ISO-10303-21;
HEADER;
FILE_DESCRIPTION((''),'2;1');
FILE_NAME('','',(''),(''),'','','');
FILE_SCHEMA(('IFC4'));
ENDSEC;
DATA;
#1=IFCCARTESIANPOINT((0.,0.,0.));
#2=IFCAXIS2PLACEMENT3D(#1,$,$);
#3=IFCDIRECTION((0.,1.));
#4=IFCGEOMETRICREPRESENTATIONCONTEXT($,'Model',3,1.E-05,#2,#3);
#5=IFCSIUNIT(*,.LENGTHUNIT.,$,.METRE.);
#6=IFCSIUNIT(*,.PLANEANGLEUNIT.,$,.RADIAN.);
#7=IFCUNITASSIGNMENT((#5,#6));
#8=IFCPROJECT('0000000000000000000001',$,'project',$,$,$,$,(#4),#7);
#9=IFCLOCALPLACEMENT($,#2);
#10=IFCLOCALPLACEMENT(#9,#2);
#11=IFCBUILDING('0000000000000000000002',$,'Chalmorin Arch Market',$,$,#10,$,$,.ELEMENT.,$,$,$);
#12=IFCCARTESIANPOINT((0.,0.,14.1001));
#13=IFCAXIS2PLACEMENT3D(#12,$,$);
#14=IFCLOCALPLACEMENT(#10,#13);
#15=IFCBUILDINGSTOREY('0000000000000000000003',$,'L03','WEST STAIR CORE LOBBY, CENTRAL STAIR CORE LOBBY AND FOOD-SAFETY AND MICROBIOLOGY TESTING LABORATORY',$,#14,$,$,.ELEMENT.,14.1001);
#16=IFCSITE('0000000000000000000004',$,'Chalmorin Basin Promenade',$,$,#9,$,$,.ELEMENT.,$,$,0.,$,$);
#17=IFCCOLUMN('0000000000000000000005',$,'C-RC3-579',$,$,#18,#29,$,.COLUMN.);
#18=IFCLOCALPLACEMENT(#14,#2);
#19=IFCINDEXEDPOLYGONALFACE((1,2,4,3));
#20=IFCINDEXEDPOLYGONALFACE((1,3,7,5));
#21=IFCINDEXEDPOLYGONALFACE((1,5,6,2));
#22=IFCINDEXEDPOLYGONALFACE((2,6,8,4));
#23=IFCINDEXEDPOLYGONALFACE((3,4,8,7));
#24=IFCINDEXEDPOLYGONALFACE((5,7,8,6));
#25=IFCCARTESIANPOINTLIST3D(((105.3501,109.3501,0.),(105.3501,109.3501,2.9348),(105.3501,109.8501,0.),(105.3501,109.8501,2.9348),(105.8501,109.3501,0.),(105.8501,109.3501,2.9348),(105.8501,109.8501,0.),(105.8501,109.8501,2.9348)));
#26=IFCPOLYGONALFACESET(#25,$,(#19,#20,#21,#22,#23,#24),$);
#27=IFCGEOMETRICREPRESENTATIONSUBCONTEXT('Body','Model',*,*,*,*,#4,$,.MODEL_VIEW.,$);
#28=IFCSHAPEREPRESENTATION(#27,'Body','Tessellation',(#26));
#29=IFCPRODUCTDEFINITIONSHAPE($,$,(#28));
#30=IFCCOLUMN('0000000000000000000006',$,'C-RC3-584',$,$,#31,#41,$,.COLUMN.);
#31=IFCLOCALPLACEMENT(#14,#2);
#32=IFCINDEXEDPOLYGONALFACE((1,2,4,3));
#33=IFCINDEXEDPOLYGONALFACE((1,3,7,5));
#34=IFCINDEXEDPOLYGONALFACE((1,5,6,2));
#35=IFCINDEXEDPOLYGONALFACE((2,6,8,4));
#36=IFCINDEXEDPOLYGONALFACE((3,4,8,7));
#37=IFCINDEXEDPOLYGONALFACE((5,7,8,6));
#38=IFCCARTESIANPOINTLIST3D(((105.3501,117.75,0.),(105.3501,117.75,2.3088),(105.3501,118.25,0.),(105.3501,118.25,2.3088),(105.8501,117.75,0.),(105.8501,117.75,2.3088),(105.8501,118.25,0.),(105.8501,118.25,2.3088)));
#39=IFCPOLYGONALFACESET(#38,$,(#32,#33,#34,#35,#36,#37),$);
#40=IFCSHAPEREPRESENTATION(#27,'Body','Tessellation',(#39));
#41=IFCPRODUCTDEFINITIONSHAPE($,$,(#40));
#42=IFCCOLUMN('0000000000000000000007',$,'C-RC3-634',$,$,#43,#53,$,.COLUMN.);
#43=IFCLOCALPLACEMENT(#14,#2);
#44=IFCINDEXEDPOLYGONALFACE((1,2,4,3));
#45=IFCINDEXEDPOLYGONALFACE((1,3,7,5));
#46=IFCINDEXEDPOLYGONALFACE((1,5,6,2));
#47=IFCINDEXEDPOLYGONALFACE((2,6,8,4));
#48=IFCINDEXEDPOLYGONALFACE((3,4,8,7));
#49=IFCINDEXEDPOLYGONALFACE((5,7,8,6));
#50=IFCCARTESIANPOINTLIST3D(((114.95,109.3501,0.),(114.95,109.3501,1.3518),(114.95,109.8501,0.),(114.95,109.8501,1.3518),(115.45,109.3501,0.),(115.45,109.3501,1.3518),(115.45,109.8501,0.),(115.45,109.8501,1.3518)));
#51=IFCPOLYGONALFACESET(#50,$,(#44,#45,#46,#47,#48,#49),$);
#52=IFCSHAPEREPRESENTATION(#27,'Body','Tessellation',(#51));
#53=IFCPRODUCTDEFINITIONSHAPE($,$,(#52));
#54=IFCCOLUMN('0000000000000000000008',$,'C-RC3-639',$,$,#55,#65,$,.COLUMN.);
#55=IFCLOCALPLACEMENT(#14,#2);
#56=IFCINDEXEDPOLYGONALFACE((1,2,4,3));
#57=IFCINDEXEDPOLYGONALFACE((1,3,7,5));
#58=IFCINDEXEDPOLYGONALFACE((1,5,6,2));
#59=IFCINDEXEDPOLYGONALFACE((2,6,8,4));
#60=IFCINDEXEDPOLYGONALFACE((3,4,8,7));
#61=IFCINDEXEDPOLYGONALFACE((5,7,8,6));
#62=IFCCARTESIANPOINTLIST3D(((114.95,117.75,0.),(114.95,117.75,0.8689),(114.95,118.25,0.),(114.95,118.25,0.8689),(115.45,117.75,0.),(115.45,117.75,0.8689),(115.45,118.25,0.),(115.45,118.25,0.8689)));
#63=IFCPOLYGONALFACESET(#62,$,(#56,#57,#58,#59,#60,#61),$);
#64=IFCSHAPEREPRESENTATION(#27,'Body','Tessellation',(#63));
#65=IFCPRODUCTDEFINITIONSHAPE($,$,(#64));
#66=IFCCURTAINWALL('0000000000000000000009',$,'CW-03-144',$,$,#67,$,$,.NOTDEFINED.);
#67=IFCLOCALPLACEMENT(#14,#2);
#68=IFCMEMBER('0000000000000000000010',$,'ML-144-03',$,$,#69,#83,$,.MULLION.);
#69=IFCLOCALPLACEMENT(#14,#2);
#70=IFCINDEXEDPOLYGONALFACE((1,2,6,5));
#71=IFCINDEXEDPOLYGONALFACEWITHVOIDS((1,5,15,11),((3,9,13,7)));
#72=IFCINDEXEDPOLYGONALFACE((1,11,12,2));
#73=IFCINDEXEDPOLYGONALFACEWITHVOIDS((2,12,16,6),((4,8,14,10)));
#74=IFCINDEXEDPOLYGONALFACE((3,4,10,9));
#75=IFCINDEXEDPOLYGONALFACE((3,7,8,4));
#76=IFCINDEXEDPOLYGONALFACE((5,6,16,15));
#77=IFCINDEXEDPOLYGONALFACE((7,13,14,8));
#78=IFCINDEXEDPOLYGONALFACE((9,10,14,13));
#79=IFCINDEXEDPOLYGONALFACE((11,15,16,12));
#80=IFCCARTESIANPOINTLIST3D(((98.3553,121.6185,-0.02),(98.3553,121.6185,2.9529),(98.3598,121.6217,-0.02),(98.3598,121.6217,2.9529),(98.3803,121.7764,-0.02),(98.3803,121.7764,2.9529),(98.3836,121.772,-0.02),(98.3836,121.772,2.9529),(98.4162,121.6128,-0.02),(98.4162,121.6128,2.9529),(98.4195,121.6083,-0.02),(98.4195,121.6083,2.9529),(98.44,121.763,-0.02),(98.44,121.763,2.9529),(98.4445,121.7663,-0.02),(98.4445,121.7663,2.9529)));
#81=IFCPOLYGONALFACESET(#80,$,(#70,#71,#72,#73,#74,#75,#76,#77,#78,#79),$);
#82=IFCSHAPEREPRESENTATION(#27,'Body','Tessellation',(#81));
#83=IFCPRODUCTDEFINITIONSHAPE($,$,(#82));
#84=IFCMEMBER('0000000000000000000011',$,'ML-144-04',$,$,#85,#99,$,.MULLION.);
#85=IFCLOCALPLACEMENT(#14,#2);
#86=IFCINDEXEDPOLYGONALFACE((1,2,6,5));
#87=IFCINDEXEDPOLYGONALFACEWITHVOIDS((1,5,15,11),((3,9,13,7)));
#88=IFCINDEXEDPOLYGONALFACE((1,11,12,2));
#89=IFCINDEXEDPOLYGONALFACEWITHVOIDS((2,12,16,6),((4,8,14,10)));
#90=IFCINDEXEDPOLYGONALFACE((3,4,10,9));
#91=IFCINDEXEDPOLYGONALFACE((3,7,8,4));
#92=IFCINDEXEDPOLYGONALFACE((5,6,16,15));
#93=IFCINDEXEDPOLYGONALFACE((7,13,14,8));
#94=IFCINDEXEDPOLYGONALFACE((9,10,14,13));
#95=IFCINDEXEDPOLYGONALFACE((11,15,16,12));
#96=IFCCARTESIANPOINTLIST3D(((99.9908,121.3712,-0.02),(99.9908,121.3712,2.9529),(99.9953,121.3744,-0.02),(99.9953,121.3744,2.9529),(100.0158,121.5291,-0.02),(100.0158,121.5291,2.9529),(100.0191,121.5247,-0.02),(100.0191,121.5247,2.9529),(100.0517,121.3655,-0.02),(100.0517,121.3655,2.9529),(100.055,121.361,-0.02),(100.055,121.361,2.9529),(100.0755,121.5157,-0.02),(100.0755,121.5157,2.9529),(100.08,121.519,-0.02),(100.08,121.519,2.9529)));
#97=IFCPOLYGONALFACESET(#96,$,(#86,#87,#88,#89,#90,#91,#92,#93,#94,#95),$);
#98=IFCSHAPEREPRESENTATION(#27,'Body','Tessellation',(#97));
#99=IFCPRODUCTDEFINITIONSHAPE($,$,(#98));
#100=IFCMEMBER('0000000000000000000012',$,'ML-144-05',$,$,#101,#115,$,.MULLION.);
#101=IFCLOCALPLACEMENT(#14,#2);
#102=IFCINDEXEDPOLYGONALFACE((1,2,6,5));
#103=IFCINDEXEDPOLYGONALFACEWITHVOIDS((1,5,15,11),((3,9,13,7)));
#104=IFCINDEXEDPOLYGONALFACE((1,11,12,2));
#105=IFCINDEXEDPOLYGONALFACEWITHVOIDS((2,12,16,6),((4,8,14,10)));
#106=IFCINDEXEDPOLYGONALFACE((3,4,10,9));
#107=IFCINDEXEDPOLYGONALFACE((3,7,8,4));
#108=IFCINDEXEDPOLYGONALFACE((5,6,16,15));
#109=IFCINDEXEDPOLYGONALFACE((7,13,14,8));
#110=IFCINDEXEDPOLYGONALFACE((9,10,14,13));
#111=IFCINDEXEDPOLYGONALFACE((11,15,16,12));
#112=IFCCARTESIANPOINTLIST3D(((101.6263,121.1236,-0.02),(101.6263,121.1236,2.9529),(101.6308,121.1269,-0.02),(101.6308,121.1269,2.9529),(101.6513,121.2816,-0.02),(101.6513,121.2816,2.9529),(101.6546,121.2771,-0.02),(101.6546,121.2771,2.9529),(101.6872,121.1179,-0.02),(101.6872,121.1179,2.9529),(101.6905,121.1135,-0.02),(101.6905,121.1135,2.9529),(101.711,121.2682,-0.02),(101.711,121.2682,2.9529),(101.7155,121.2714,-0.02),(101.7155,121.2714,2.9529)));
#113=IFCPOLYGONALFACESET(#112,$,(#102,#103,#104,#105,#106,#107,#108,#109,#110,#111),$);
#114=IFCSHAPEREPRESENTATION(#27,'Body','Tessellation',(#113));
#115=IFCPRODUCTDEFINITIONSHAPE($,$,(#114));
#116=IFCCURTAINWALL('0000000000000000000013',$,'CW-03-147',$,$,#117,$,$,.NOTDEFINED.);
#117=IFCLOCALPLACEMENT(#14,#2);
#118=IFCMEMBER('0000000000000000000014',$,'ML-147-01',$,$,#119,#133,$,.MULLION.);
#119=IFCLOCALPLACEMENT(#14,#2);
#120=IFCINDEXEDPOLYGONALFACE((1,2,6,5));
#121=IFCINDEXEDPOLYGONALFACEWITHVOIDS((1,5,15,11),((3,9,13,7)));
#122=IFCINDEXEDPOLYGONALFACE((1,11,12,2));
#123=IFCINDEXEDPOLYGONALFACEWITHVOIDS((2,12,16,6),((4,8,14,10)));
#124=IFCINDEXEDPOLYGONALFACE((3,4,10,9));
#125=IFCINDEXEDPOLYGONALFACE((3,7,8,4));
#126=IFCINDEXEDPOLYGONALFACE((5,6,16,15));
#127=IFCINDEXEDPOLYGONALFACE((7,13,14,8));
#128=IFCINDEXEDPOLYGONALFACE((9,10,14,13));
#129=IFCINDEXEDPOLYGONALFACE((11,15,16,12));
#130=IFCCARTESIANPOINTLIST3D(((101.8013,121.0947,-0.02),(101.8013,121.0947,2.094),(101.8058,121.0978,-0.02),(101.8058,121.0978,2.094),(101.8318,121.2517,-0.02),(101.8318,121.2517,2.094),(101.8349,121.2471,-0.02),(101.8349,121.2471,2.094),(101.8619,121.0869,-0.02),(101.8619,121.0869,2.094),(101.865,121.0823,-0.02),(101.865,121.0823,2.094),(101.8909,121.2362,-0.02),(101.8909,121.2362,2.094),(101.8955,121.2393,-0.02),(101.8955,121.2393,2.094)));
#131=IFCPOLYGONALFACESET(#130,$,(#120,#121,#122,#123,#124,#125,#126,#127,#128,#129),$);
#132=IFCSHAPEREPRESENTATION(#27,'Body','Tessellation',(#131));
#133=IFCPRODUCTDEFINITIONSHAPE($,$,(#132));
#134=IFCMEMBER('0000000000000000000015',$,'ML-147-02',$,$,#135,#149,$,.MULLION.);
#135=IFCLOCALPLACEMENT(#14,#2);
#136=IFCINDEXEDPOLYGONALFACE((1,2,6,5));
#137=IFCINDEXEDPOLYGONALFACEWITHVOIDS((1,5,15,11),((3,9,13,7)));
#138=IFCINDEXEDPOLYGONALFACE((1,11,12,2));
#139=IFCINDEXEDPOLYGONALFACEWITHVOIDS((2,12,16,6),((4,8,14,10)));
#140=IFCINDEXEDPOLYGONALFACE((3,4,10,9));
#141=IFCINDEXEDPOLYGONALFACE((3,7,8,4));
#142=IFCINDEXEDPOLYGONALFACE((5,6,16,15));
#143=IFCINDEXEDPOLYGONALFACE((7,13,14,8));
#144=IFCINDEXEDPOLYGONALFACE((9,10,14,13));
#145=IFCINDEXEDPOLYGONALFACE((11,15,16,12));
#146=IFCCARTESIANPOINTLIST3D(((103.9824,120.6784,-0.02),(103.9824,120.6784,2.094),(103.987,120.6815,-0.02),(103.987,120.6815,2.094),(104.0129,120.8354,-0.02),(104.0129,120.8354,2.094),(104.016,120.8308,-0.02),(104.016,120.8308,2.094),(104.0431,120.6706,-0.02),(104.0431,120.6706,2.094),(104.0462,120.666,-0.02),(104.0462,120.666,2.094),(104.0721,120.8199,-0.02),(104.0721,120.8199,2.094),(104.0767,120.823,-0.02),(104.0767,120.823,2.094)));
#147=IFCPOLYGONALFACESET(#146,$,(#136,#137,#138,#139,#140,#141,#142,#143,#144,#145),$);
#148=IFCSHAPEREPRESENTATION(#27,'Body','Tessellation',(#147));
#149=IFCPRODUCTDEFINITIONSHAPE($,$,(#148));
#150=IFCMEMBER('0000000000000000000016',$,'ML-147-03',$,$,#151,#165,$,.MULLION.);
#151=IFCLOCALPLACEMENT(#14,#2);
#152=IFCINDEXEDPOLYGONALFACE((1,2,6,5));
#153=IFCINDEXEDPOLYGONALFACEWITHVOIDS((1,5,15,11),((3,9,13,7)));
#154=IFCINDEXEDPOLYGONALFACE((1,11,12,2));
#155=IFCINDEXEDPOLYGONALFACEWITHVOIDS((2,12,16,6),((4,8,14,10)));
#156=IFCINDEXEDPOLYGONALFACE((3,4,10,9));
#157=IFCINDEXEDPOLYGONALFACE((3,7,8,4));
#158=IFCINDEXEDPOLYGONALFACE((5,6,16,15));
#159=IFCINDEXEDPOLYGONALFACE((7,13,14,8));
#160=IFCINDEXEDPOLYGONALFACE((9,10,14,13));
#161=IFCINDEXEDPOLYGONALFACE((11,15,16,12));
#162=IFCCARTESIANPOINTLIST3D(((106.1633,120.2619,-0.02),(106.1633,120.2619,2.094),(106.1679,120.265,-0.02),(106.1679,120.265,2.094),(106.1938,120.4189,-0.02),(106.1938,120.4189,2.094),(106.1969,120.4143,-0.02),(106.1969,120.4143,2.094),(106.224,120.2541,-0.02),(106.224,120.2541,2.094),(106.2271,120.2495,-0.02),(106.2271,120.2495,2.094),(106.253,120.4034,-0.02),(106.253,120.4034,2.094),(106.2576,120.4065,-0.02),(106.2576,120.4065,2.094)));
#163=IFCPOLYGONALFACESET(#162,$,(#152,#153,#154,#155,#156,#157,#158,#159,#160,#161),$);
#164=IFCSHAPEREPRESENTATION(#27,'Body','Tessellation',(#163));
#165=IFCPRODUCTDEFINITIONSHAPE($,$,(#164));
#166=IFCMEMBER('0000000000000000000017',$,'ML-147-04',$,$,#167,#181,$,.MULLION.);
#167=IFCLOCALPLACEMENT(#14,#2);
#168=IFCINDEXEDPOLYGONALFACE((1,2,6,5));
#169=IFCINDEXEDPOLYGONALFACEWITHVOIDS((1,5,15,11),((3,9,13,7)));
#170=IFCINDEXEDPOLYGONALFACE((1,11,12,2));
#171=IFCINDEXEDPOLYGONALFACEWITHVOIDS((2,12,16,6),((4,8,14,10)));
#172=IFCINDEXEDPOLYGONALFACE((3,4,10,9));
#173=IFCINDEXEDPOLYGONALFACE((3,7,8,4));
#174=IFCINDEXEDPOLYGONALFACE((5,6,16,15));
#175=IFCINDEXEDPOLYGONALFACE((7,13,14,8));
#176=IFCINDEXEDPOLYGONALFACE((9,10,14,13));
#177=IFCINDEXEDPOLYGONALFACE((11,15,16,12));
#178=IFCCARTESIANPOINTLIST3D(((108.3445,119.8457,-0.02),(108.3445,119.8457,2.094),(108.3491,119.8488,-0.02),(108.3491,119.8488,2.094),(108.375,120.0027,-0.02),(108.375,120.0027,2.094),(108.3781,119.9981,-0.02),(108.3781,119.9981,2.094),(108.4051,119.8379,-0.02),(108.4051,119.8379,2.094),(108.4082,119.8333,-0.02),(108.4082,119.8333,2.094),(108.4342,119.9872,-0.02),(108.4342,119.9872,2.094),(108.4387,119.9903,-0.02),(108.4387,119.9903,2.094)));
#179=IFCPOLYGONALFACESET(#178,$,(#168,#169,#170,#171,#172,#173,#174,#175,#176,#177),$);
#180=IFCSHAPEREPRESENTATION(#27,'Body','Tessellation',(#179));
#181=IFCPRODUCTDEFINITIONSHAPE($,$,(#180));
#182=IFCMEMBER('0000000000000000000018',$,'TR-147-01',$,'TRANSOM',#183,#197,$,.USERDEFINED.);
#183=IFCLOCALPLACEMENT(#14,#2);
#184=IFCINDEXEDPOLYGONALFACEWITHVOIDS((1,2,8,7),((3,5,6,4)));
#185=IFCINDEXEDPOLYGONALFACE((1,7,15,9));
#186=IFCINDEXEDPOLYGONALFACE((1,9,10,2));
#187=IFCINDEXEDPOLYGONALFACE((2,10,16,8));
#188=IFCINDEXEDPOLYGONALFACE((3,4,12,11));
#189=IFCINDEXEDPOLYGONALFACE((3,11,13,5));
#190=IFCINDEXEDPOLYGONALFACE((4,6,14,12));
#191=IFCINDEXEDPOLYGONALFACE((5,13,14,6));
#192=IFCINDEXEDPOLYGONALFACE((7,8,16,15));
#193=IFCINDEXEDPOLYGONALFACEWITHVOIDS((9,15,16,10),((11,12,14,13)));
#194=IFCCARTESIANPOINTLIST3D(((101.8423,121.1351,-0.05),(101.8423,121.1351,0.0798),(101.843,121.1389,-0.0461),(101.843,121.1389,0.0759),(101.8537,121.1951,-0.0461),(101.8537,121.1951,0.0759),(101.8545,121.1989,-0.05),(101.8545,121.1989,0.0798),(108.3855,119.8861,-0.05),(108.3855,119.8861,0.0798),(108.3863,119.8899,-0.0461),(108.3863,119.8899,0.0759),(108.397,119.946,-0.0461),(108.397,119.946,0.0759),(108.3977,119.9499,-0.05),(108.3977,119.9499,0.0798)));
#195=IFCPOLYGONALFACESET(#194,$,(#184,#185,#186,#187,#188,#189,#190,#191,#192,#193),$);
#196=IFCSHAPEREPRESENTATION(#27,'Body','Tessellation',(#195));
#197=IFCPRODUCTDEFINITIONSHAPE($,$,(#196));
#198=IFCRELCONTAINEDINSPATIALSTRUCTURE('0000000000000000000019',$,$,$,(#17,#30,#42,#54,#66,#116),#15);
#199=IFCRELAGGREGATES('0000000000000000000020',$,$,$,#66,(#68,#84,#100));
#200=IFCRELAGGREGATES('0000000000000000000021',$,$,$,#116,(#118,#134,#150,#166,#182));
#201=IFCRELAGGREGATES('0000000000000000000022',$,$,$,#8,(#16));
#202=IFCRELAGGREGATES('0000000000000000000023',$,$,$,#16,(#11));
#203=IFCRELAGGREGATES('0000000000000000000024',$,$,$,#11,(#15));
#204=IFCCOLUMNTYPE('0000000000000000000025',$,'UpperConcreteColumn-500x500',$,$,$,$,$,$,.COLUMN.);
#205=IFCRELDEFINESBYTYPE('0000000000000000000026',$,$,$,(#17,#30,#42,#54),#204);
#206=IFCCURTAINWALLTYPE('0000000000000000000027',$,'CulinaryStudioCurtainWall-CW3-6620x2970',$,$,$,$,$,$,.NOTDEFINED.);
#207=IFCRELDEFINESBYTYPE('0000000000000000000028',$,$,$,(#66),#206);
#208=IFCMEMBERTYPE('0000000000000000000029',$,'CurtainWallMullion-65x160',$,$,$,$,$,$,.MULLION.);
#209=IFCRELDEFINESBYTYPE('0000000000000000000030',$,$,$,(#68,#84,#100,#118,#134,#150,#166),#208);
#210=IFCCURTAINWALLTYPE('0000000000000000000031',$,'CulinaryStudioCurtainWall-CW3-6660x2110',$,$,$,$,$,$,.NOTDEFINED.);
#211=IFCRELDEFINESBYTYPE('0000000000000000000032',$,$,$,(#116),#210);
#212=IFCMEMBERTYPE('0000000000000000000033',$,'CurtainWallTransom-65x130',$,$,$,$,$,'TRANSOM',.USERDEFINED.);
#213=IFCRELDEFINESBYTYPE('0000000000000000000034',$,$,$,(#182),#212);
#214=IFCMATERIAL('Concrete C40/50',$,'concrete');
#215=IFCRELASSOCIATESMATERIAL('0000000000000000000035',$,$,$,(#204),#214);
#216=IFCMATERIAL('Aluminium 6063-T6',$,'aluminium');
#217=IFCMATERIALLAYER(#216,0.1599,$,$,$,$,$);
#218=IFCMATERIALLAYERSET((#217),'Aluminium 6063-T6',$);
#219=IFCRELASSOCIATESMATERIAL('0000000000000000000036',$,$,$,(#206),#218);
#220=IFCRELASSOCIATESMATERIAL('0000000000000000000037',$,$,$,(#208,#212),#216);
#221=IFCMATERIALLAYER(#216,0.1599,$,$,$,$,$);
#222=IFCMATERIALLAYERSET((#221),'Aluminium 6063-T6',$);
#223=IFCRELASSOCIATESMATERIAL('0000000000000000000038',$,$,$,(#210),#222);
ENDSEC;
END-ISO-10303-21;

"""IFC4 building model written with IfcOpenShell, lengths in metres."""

from ifc_helpers import new_model, si_unit, direction, frame, origin, origin_2d, place, context, subcontext, project, spatial, rectangle, hollow_rectangle, extrude, material, layer, layer_set, material_profile, profile_set, type_object, element, aggregate, save


model = new_model("IFC4")

# Units and contexts
model_context = context("Model", 3, precision=1e-05, world=origin(), true_north=direction((0.0, 1.0)))
body_context = subcontext(model_context, "Body", "Model", "MODEL_VIEW")
ifc_project = project(units=[si_unit("LENGTHUNIT", "METRE"), si_unit("PLANEANGLEUNIT", "RADIAN")], contexts=[model_context])

# Site, building, storey
site_placement = place(None, origin())
site = spatial("IfcSite", under=ifc_project, at=site_placement, Name="Chalmorin Basin Promenade", CompositionType="ELEMENT", RefElevation=0.0)
building_placement = place(site_placement, origin())
building = spatial("IfcBuilding", under=site, at=building_placement, Name="Chalmorin Arch Market", CompositionType="ELEMENT")
storey_placement = place(building_placement, frame((0.0, 0.0, 14.1001)))
storey = spatial("IfcBuildingStorey", under=building, at=storey_placement, Name="L03", Description="WEST STAIR CORE LOBBY, CENTRAL STAIR CORE LOBBY AND FOOD-SAFETY AND MICROBIOLOGY TESTING LABORATORY", CompositionType="ELEMENT", Elevation=14.1001)

# Columns
ifc_material_1 = material(Name="Concrete C40/50", Category="concrete")
ifc_material_profile_1 = material_profile(ifc_material_1, rectangle(XDim=0.5, YDim=0.5, at=origin_2d()), Name="RC500X500")
ifc_profile_set_1 = profile_set([ifc_material_profile_1], Name="Concrete C40/50")
column_type = type_object("IfcColumnType", Name="UpperConcreteColumn-500x500", PredefinedType="COLUMN", material=ifc_profile_set_1)
column_1_placement = place(storey_placement, frame((105.6001, 109.6001, 0.0), z_axis=(0.0, 0.0, 1.0), x_axis=(1.0, 0.0, 0.0)))
element("IfcColumn", 1, at=column_1_placement, inside=storey, type_object=column_type, Name="C-RC3-579", PredefinedType="COLUMN", context=body_context, shape_type="SweptSolid", body=[
    extrude(rectangle(XDim=0.5, YDim=0.5, at=origin_2d()), origin(), (0.0, 0.0, 1.0), 2.9348),
])
column_2_placement = place(storey_placement, frame((105.6001, 118.0, 0.0), z_axis=(0.0, 0.0, 1.0), x_axis=(1.0, 0.0, 0.0)))
element("IfcColumn", 2, at=column_2_placement, inside=storey, type_object=column_type, Name="C-RC3-584", PredefinedType="COLUMN", context=body_context, shape_type="SweptSolid", body=[
    extrude(rectangle(XDim=0.5, YDim=0.5, at=origin_2d()), origin(), (0.0, 0.0, 1.0), 2.3088),
])
column_3_placement = place(storey_placement, frame((115.2, 109.6001, 0.0), z_axis=(0.0, 0.0, 1.0), x_axis=(1.0, 0.0, 0.0)))
element("IfcColumn", 3, at=column_3_placement, inside=storey, type_object=column_type, Name="C-RC3-634", PredefinedType="COLUMN", context=body_context, shape_type="SweptSolid", body=[
    extrude(rectangle(XDim=0.5, YDim=0.5, at=origin_2d()), origin(), (0.0, 0.0, 1.0), 1.3518),
])
column_4_placement = place(storey_placement, frame((115.2, 118.0, 0.0), z_axis=(0.0, 0.0, 1.0), x_axis=(1.0, 0.0, 0.0)))
element("IfcColumn", 4, at=column_4_placement, inside=storey, type_object=column_type, Name="C-RC3-639", PredefinedType="COLUMN", context=body_context, shape_type="SweptSolid", body=[
    extrude(rectangle(XDim=0.5, YDim=0.5, at=origin_2d()), origin(), (0.0, 0.0, 1.0), 0.8689),
])

# Curtain walls, members
ifc_material_2 = material(Name="Aluminium 6063-T6", Category="aluminium")
ifc_layer_1 = layer(ifc_material_2, 0.1599)
ifc_layer_set_1 = layer_set([ifc_layer_1], Name="Aluminium 6063-T6")
curtain_wall_type_1 = type_object("IfcCurtainWallType", Name="CulinaryStudioCurtainWall-CW3-6620x2970", PredefinedType="NOTDEFINED", material=ifc_layer_set_1)
curtain_wall_1_placement = place(storey_placement, origin())
curtain_wall_1 = element("IfcCurtainWall", 5, at=curtain_wall_1_placement, inside=storey, type_object=curtain_wall_type_1, Name="CW-03-144", PredefinedType="NOTDEFINED")
ifc_material_profile_2 = material_profile(ifc_material_2, hollow_rectangle(XDim=0.0649, YDim=0.1599, WallThickness=0.0039, at=origin_2d()), Name="ALU65X160X4")
ifc_profile_set_2 = profile_set([ifc_material_profile_2], Name="Aluminium 6063-T6")
member_type_1 = type_object("IfcMemberType", Name="CurtainWallMullion-65x160", PredefinedType="MULLION", material=ifc_profile_set_2)
member_1_placement = place(storey_placement, frame((98.3999, 121.6924, -0.02), z_axis=(0.0, 0.0, 1.0), x_axis=(0.987688, -0.156434, 0.0)))
member_1 = element("IfcMember", 6, at=member_1_placement, type_object=member_type_1, Name="ML-144-03", PredefinedType="MULLION", context=body_context, shape_type="SweptSolid", body=[
    extrude(hollow_rectangle(XDim=0.0649, YDim=0.1599, WallThickness=0.0039, at=origin_2d()), origin(), (0.0, 0.0, 1.0), 2.9729),
])
member_2_placement = place(storey_placement, frame((100.0354, 121.4451, -0.02), z_axis=(0.0, 0.0, 1.0), x_axis=(0.987688, -0.156434, 0.0)))
member_2 = element("IfcMember", 7, at=member_2_placement, type_object=member_type_1, Name="ML-144-04", PredefinedType="MULLION", context=body_context, shape_type="SweptSolid", body=[
    extrude(hollow_rectangle(XDim=0.0649, YDim=0.1599, WallThickness=0.0039, at=origin_2d()), origin(), (0.0, 0.0, 1.0), 2.9729),
])
member_3_placement = place(storey_placement, frame((101.6709, 121.1975, -0.02), z_axis=(0.0, 0.0, 1.0), x_axis=(0.987688, -0.156434, 0.0)))
member_3 = element("IfcMember", 8, at=member_3_placement, type_object=member_type_1, Name="ML-144-05", PredefinedType="MULLION", context=body_context, shape_type="SweptSolid", body=[
    extrude(hollow_rectangle(XDim=0.0649, YDim=0.1599, WallThickness=0.0039, at=origin_2d()), origin(), (0.0, 0.0, 1.0), 2.9729),
])
ifc_layer_2 = layer(ifc_material_2, 0.1599)
ifc_layer_set_2 = layer_set([ifc_layer_2], Name="Aluminium 6063-T6")
curtain_wall_type_2 = type_object("IfcCurtainWallType", Name="CulinaryStudioCurtainWall-CW3-6660x2110", PredefinedType="NOTDEFINED", material=ifc_layer_set_2)
curtain_wall_2_placement = place(storey_placement, origin())
curtain_wall_2 = element("IfcCurtainWall", 9, at=curtain_wall_2_placement, inside=storey, type_object=curtain_wall_type_2, Name="CW-03-147", PredefinedType="NOTDEFINED")
member_4_placement = place(storey_placement, frame((101.8484, 121.167, -0.02), z_axis=(0.0, 0.0, 1.0), x_axis=(0.981627, -0.190809, 0.0)))
member_4 = element("IfcMember", 10, at=member_4_placement, type_object=member_type_1, Name="ML-147-01", PredefinedType="MULLION", context=body_context, shape_type="SweptSolid", body=[
    extrude(hollow_rectangle(XDim=0.0649, YDim=0.1599, WallThickness=0.0039, at=origin_2d()), origin(), (0.0, 0.0, 1.0), 2.114),
])
member_5_placement = place(storey_placement, frame((104.0295, 120.7507, -0.02), z_axis=(0.0, 0.0, 1.0), x_axis=(0.981627, -0.190809, 0.0)))
member_5 = element("IfcMember", 11, at=member_5_placement, type_object=member_type_1, Name="ML-147-02", PredefinedType="MULLION", context=body_context, shape_type="SweptSolid", body=[
    extrude(hollow_rectangle(XDim=0.0649, YDim=0.1599, WallThickness=0.0039, at=origin_2d()), origin(), (0.0, 0.0, 1.0), 2.114),
])
member_6_placement = place(storey_placement, frame((106.2104, 120.3342, -0.02), z_axis=(0.0, 0.0, 1.0), x_axis=(0.981627, -0.190809, 0.0)))
member_6 = element("IfcMember", 12, at=member_6_placement, type_object=member_type_1, Name="ML-147-03", PredefinedType="MULLION", context=body_context, shape_type="SweptSolid", body=[
    extrude(hollow_rectangle(XDim=0.0649, YDim=0.1599, WallThickness=0.0039, at=origin_2d()), origin(), (0.0, 0.0, 1.0), 2.114),
])
member_7_placement = place(storey_placement, frame((108.3916, 119.918, -0.02), z_axis=(0.0, 0.0, 1.0), x_axis=(0.981627, -0.190809, 0.0)))
member_7 = element("IfcMember", 13, at=member_7_placement, type_object=member_type_1, Name="ML-147-04", PredefinedType="MULLION", context=body_context, shape_type="SweptSolid", body=[
    extrude(hollow_rectangle(XDim=0.0649, YDim=0.1599, WallThickness=0.0039, at=origin_2d()), origin(), (0.0, 0.0, 1.0), 2.114),
])
ifc_material_profile_3 = material_profile(ifc_material_2, hollow_rectangle(XDim=0.0649, YDim=0.1299, WallThickness=0.0039, at=origin_2d()), Name="ALU65X130X4")
ifc_profile_set_3 = profile_set([ifc_material_profile_3], Name="Aluminium 6063-T6")
member_type_2 = type_object("IfcMemberType", Name="CurtainWallTransom-65x130", ElementType="TRANSOM", PredefinedType="USERDEFINED", material=ifc_profile_set_3)
member_8_placement = place(storey_placement, frame((101.8484, 121.167, 0.0149), z_axis=(0.982264, -0.187503, 0.0), x_axis=(0.187503, 0.982264, 0.0)))
member_8 = element("IfcMember", 14, at=member_8_placement, type_object=member_type_2, Name="TR-147-01", ObjectType="TRANSOM", PredefinedType="USERDEFINED", context=body_context, shape_type="SweptSolid", body=[
    extrude(hollow_rectangle(XDim=0.0649, YDim=0.1299, WallThickness=0.0039, at=origin_2d()), origin(), (0.0, 0.0, 1.0), 6.6614),
])

aggregate(curtain_wall_1, [member_1, member_2, member_3])
aggregate(curtain_wall_2, [member_4, member_5, member_6, member_7, member_8])

save(model, "model.ifc")
